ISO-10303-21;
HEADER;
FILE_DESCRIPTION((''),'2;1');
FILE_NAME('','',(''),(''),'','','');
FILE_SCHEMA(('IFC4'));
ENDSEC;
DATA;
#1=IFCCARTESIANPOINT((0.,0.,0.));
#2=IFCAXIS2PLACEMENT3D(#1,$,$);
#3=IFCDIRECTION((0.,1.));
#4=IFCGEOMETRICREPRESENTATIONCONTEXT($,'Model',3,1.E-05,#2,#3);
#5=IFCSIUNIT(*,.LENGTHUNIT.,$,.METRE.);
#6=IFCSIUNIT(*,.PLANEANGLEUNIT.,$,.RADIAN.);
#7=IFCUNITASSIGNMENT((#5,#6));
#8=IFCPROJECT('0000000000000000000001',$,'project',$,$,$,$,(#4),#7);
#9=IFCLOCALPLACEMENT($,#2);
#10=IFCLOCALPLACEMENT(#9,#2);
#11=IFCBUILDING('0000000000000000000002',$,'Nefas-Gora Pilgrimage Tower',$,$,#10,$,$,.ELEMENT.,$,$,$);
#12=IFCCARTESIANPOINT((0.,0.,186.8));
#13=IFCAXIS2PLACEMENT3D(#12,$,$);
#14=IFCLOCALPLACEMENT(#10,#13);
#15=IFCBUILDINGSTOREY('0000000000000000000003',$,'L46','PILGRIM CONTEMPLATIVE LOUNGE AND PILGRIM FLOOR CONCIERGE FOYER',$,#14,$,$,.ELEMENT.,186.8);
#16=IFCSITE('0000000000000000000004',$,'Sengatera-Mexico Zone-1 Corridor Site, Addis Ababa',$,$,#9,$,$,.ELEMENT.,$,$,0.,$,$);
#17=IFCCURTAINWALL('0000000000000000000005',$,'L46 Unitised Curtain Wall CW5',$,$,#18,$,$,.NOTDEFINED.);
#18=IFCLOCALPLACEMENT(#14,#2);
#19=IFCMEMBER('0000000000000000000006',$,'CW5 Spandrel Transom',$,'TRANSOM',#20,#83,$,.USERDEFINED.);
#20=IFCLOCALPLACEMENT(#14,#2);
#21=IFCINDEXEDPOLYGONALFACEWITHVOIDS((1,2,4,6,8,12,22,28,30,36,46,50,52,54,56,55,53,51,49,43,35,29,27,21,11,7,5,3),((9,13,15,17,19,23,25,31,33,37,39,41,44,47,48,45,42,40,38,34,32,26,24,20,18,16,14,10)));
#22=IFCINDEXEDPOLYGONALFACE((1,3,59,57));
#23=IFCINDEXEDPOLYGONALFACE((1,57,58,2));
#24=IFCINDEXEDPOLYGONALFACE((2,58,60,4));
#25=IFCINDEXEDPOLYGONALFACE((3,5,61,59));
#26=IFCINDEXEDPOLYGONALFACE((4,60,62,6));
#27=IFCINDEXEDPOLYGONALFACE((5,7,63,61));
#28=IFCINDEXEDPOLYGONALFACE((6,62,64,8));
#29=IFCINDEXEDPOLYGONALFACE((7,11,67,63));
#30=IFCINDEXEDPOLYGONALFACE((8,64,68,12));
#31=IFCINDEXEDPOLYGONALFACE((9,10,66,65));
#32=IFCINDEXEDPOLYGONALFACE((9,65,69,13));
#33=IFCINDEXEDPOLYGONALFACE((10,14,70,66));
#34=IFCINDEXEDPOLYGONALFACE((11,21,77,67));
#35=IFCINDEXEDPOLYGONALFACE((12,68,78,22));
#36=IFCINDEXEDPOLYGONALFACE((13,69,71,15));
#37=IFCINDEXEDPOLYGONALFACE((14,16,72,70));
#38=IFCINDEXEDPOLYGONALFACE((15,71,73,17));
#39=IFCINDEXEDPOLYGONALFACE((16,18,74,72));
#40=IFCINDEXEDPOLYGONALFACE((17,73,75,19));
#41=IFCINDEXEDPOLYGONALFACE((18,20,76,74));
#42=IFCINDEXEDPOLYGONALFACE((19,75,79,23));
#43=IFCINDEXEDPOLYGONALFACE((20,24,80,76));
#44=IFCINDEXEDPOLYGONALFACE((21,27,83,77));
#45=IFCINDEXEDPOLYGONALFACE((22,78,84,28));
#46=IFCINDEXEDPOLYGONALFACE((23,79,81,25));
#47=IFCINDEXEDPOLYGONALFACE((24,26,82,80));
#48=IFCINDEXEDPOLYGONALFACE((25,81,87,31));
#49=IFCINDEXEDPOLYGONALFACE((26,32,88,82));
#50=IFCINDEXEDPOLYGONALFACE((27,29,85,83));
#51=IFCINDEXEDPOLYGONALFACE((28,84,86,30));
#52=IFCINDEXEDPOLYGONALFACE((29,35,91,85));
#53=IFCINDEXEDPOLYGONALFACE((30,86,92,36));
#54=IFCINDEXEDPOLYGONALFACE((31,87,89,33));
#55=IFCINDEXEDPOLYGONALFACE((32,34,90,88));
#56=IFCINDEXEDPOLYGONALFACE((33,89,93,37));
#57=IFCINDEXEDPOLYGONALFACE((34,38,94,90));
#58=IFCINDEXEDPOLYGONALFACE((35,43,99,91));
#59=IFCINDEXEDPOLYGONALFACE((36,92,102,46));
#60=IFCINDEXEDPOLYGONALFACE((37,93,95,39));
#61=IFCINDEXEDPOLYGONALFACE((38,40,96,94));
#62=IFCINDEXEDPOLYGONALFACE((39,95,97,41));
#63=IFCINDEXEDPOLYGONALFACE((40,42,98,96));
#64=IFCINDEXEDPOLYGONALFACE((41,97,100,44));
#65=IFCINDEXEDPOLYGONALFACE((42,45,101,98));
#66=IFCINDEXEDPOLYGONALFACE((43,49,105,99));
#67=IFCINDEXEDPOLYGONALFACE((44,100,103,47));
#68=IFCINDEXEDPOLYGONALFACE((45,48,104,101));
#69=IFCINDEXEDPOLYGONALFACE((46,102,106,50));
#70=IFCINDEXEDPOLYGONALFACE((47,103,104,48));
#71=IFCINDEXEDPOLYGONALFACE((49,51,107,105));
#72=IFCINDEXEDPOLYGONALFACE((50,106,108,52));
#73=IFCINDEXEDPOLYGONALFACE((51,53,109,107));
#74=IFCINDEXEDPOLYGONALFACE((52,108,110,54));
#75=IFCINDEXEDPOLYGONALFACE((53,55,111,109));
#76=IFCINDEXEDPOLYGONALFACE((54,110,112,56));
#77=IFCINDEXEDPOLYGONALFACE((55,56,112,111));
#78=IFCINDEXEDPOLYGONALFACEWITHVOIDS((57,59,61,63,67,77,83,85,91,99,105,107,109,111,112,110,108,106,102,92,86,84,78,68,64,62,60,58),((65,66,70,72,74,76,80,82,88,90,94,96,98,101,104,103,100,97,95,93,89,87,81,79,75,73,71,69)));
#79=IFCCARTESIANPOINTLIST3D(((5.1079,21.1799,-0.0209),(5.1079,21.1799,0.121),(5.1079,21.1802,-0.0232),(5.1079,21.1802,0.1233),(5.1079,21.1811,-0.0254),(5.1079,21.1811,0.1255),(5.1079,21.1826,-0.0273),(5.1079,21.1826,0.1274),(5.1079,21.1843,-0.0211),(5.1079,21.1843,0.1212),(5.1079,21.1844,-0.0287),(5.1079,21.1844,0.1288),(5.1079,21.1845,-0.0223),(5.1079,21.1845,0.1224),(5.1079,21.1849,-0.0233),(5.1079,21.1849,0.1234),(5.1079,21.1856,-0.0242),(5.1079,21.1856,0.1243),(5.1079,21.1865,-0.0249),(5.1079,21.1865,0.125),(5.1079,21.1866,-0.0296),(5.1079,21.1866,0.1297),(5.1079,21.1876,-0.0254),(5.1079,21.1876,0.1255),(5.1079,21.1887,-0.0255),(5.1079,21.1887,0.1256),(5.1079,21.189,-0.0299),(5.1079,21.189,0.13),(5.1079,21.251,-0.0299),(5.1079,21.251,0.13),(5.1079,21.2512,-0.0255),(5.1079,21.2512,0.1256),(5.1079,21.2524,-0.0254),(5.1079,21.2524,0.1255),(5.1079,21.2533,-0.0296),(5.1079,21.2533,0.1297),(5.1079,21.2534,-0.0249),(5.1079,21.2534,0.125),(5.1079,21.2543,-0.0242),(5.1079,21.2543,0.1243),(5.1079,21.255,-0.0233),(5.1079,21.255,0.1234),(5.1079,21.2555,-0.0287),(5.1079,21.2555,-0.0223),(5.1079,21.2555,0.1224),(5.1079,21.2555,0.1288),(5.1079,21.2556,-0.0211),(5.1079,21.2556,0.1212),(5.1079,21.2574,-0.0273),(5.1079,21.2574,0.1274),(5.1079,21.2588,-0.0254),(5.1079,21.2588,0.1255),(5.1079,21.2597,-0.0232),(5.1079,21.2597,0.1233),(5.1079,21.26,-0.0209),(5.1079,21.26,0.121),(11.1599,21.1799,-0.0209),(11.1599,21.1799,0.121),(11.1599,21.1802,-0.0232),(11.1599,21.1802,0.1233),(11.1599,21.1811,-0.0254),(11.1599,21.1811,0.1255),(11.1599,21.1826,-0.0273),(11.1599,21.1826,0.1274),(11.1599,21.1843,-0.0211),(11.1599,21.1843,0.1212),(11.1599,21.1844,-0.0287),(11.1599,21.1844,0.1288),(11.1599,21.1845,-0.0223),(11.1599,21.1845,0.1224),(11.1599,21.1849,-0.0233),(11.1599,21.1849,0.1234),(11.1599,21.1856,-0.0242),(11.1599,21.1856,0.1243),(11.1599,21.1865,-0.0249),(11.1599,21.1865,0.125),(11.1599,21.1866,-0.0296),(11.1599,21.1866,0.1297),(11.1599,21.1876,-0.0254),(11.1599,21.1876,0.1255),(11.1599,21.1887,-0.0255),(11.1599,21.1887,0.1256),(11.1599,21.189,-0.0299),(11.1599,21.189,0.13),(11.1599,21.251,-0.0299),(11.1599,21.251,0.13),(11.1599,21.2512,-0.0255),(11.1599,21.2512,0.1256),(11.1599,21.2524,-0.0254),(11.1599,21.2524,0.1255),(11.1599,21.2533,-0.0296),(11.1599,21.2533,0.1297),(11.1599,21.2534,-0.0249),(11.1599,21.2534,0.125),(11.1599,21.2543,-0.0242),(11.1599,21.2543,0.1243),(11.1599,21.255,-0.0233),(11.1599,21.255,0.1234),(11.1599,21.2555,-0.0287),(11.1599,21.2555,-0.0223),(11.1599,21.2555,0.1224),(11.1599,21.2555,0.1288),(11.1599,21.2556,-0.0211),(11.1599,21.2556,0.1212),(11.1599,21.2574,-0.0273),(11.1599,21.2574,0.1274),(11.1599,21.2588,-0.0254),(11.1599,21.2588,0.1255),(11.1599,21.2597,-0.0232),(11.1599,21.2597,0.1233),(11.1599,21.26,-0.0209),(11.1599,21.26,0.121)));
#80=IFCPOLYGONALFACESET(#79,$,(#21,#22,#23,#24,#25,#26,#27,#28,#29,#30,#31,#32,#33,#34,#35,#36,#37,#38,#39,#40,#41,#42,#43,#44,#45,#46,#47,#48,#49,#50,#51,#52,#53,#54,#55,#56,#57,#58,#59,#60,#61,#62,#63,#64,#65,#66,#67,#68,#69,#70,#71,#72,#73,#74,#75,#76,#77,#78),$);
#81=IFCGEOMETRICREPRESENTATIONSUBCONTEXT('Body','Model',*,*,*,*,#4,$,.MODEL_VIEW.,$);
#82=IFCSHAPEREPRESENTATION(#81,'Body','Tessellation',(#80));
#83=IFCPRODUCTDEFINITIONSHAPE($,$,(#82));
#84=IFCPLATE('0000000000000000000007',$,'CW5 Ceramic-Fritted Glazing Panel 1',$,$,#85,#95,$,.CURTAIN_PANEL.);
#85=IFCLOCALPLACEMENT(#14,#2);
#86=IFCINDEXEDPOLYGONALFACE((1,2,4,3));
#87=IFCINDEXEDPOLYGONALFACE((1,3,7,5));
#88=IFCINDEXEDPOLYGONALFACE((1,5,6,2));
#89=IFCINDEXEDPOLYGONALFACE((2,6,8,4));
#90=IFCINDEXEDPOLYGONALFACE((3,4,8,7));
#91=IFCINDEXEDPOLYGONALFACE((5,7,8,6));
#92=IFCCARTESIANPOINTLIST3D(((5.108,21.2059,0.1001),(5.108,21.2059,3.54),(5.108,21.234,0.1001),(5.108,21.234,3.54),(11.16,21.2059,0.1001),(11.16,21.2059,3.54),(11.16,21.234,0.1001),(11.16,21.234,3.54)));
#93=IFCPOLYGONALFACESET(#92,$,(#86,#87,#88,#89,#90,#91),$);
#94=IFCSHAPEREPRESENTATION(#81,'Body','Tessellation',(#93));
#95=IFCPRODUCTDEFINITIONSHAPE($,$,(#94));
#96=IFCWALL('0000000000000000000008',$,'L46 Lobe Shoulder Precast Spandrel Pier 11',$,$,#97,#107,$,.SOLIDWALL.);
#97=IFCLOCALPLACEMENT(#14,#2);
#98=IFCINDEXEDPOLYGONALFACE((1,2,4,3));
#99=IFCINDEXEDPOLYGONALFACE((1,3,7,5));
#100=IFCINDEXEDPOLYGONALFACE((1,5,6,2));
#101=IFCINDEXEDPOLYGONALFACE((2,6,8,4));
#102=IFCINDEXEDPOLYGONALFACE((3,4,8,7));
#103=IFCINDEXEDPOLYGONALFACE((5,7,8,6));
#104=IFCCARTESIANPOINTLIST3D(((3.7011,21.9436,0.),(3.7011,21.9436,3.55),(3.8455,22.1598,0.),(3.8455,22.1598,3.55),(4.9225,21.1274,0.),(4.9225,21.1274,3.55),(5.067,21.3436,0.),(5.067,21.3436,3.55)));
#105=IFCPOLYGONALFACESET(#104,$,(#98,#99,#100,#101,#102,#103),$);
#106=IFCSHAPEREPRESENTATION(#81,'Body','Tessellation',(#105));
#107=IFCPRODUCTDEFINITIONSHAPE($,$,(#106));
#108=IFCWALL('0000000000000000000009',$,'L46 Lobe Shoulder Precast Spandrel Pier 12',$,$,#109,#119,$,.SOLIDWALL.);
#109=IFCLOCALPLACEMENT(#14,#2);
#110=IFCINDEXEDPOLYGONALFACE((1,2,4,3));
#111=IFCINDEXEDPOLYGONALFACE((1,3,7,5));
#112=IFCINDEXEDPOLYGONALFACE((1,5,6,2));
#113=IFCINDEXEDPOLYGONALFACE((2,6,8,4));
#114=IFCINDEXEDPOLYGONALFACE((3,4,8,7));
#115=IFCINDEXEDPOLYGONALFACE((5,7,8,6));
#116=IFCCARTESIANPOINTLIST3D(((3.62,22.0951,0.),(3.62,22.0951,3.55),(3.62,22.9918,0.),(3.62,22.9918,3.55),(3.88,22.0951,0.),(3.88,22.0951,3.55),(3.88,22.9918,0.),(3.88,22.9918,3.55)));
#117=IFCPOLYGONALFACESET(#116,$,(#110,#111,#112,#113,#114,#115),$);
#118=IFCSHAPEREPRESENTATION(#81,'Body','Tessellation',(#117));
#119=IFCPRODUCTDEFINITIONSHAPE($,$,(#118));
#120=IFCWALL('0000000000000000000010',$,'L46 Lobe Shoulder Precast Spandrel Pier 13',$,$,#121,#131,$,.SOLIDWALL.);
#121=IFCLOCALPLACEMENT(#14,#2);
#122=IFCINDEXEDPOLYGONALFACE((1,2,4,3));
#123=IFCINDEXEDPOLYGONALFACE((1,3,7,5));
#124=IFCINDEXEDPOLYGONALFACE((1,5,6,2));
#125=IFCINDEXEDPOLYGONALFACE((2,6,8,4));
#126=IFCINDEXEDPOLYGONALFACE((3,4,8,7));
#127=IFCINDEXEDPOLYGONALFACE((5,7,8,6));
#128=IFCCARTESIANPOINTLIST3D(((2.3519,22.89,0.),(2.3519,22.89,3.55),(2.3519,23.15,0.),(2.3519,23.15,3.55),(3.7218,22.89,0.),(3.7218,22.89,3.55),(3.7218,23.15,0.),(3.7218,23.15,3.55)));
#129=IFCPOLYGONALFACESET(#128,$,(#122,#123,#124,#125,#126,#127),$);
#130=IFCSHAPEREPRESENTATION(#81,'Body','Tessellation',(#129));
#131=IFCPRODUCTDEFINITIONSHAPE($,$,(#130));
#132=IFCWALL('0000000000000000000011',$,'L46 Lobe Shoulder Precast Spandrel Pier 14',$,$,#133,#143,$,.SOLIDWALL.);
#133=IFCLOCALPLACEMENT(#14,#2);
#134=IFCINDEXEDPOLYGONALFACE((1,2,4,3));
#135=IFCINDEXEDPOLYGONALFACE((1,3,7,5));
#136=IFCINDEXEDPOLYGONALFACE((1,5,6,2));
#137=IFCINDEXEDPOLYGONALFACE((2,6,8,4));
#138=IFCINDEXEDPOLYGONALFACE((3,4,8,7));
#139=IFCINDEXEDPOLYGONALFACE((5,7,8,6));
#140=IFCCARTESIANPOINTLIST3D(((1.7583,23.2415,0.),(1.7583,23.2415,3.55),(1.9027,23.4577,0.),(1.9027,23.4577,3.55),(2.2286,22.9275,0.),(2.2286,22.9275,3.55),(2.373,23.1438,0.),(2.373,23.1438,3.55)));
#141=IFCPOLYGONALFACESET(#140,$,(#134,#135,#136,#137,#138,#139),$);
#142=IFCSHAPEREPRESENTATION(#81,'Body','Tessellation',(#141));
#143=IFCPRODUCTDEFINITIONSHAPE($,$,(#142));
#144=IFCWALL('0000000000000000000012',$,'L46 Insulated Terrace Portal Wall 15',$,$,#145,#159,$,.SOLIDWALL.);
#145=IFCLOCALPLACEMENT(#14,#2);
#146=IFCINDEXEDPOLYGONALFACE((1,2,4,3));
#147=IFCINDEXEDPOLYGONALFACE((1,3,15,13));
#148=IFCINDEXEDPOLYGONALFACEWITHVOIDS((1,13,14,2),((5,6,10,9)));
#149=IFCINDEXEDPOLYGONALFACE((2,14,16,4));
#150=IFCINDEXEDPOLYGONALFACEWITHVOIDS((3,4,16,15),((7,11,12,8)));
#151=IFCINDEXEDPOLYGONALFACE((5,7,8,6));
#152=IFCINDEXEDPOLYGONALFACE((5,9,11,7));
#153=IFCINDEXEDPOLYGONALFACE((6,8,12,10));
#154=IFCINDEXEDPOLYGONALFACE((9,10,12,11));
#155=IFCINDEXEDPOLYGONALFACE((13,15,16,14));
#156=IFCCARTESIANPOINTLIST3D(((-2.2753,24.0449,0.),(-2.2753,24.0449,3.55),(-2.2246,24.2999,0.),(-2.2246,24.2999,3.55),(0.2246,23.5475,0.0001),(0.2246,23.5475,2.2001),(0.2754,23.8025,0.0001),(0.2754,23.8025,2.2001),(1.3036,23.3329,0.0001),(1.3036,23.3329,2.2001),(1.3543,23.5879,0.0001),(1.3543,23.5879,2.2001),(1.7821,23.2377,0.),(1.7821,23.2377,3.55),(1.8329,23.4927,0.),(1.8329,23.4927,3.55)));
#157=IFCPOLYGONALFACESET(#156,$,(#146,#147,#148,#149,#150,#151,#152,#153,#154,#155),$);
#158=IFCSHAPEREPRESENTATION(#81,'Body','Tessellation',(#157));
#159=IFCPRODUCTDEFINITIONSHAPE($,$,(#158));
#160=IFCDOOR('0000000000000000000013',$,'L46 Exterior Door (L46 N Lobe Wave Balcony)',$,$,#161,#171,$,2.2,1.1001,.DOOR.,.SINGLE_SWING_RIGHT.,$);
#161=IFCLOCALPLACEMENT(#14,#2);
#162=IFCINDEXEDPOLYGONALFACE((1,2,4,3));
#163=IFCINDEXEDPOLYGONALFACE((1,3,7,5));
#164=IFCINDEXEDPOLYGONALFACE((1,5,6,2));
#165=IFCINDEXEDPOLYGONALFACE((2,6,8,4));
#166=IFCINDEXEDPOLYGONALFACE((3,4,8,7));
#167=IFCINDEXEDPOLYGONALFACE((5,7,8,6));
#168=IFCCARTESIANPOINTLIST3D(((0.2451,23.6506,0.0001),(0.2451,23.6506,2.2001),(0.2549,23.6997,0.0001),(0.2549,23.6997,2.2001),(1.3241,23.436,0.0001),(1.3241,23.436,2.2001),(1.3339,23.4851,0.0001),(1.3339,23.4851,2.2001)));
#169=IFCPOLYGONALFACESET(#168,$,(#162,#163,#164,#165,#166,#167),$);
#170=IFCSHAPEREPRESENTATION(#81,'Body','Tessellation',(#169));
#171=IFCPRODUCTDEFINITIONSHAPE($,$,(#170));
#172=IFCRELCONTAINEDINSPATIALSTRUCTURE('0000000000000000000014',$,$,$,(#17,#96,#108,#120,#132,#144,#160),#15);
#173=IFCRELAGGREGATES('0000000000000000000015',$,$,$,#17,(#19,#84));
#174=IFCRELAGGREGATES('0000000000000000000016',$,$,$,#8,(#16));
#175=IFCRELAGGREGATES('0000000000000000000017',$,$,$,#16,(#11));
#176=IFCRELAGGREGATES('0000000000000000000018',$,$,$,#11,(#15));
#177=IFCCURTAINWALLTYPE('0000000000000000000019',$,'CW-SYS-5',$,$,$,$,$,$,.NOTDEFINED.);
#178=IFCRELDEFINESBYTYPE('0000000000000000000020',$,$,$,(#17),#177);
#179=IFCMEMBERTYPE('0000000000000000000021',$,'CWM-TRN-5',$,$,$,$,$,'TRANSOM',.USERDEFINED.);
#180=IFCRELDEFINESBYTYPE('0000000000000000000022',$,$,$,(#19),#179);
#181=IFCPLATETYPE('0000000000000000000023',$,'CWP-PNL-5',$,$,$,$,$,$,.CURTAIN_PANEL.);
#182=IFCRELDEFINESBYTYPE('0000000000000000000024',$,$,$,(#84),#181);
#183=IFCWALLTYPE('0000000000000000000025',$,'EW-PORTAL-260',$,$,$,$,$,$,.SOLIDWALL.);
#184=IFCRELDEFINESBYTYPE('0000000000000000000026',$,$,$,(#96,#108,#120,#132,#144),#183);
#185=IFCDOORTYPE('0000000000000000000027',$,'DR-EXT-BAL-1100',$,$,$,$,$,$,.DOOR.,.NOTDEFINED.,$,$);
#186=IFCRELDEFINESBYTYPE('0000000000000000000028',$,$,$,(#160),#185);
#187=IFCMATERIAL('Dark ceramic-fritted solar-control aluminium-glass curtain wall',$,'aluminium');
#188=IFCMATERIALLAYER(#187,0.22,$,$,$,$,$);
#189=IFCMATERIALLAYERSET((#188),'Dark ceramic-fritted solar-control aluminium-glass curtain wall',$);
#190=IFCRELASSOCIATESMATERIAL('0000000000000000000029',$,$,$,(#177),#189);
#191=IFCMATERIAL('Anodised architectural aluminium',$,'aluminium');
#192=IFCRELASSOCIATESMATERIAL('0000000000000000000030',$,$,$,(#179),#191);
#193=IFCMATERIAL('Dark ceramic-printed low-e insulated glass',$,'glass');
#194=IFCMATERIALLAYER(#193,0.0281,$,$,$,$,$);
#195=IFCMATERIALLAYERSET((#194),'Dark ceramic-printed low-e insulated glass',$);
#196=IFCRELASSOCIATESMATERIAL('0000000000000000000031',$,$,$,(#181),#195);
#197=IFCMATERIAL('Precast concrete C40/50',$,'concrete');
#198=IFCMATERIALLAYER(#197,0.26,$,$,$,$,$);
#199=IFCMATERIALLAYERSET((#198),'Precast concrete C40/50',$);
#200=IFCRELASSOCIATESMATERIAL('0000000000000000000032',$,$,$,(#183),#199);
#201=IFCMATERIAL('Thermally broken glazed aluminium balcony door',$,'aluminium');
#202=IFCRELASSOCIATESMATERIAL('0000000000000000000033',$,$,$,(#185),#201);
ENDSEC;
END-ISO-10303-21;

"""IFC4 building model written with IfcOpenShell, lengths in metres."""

from ifc_helpers import new_model, si_unit, direction, frame, frame_2d, origin, origin_2d, place, context, subcontext, project, spatial, rectangle, hollow_rectangle, extrude, source, transform, mapped, material, layer, layer_set, material_profile, profile_set, type_object, element, fill, aggregate, save


model = new_model("IFC4")

# Units and contexts
model_context = context("Model", 3, precision=1e-05, world=origin(), true_north=direction((0.0, 1.0)))
body_context = subcontext(model_context, "Body", "Model", "MODEL_VIEW")
ifc_project = project(units=[si_unit("LENGTHUNIT", "METRE"), si_unit("PLANEANGLEUNIT", "RADIAN")], contexts=[model_context])

# Site, building, storey
site_placement = place(None, origin())
site = spatial("IfcSite", under=ifc_project, at=site_placement, Name="Sengatera-Mexico Zone-1 Corridor Site, Addis Ababa", CompositionType="ELEMENT", RefElevation=0.0)
building_placement = place(site_placement, origin())
building = spatial("IfcBuilding", under=site, at=building_placement, Name="Nefas-Gora Pilgrimage Tower", CompositionType="ELEMENT")
storey_placement = place(building_placement, frame((0.0, 0.0, 186.8)))
storey = spatial("IfcBuildingStorey", under=building, at=storey_placement, Name="L46", Description="PILGRIM CONTEMPLATIVE LOUNGE AND PILGRIM FLOOR CONCIERGE FOYER", CompositionType="ELEMENT", Elevation=186.8)

# Curtain wall, member, plate
ifc_material_1 = material(Name="Dark ceramic-fritted solar-control aluminium-glass curtain wall", Category="aluminium")
ifc_layer_1 = layer(ifc_material_1, 0.22)
ifc_layer_set_1 = layer_set([ifc_layer_1], Name="Dark ceramic-fritted solar-control aluminium-glass curtain wall")
curtain_wall_type = type_object("IfcCurtainWallType", Name="CW-SYS-5", PredefinedType="NOTDEFINED", material=ifc_layer_set_1)
curtain_wall_placement = place(storey_placement, origin())
curtain_wall = element("IfcCurtainWall", 1, at=curtain_wall_placement, inside=storey, type_object=curtain_wall_type, Name="L46 Unitised Curtain Wall CW5", PredefinedType="NOTDEFINED")
ifc_material_2 = material(Name="Anodised architectural aluminium", Category="aluminium")
ifc_material_profile_1 = material_profile(ifc_material_2, hollow_rectangle(XDim=0.0801, YDim=0.1599, WallThickness=0.0044, InnerFilletRadius=0.0044, OuterFilletRadius=0.009, at=origin_2d()), Name="ALU TRANSOM 80x160")
ifc_profile_set_1 = profile_set([ifc_material_profile_1], Name="Anodised architectural aluminium")
member_type_1 = type_object("IfcMemberType", Name="CWM-TRN-5", ElementType="TRANSOM", PredefinedType="USERDEFINED", material=ifc_profile_set_1)
shared_shape_1 = source(origin(), body_context, "Body", "SweptSolid", [
    extrude(hollow_rectangle(XDim=0.0801, YDim=0.1599, WallThickness=0.0044, InnerFilletRadius=0.0044, OuterFilletRadius=0.009, at=origin_2d()), origin(), (0.0, 0.0, 1.0), 6.052),
])
member_1_placement = place(storey_placement, frame((11.1599, 21.22, 0.05), z_axis=(-1.0, 0.0, 0.0), x_axis=(0.0, -1.0, 0.0)))
member_1 = element("IfcMember", 2, at=member_1_placement, type_object=member_type_1, Name="CW5 Spandrel Transom", ObjectType="TRANSOM", PredefinedType="USERDEFINED", context=body_context, shape_type="MappedRepresentation", body=[
    mapped(shared_shape_1, transform((0.0, 0.0, 0.0), x_axis=(1.0, 0.0, 0.0), y_axis=(0.0, 1.0, 0.0), z_axis=(0.0, 0.0, 1.0), scale=1.0)),
])
ifc_material_3 = material(Name="Dark ceramic-printed low-e insulated glass", Category="glass")
ifc_layer_2 = layer(ifc_material_3, 0.0281)
ifc_layer_set_2 = layer_set([ifc_layer_2], Name="Dark ceramic-printed low-e insulated glass")
plate_type = type_object("IfcPlateType", Name="CWP-PNL-5", PredefinedType="CURTAIN_PANEL", material=ifc_layer_set_2)
shared_shape_2 = source(origin(), body_context, "Body", "SweptSolid", [
    extrude(rectangle(XDim=6.052, YDim=0.0281, at=origin_2d()), origin(), (0.0, 0.0, 1.0), 3.4399),
])
plate_placement = place(storey_placement, frame((8.134, 21.22, 0.1001), z_axis=(0.0, 0.0, 1.0), x_axis=(-1.0, 0.0, 0.0)))
plate = element("IfcPlate", 3, at=plate_placement, type_object=plate_type, Name="CW5 Ceramic-Fritted Glazing Panel 1", PredefinedType="CURTAIN_PANEL", context=body_context, shape_type="MappedRepresentation", body=[
    mapped(shared_shape_2, transform((0.0, 0.0, 0.0), x_axis=(1.0, 0.0, 0.0), y_axis=(0.0, 1.0, 0.0), z_axis=(0.0, 0.0, 1.0), scale=1.0)),
])
aggregate(curtain_wall, [member_1, plate])

# Walls
ifc_material_4 = material(Name="Precast concrete C40/50", Category="concrete")
ifc_layer_3 = layer(ifc_material_4, 0.26)
ifc_layer_set_3 = layer_set([ifc_layer_3], Name="Precast concrete C40/50")
wall_type_1 = type_object("IfcWallType", Name="EW-PORTAL-260", PredefinedType="SOLIDWALL", material=ifc_layer_set_3)
shared_shape_3 = source(origin(), body_context, "Body", "SweptSolid", [
    extrude(rectangle(XDim=1.469, YDim=0.26, at=frame_2d((0.7344, 0.0))), origin(), (0.0, 0.0, 1.0), 3.55),
])
wall_1_placement = place(storey_placement, frame((4.9946, 21.2356, 0.0), z_axis=(0.0, 0.0, 1.0), x_axis=(-0.831462, 0.555582, 0.0)))
element("IfcWall", 4, at=wall_1_placement, inside=storey, type_object=wall_type_1, Name="L46 Lobe Shoulder Precast Spandrel Pier 11", PredefinedType="SOLIDWALL", context=body_context, shape_type="MappedRepresentation", body=[
    mapped(shared_shape_3, transform((0.0, 0.0, 0.0), x_axis=(1.0, 0.0, 0.0), y_axis=(0.0, 1.0, 0.0), z_axis=(0.0, 0.0, 1.0), scale=1.0)),
])
shared_shape_4 = source(origin(), body_context, "Body", "SweptSolid", [
    extrude(rectangle(XDim=0.8967, YDim=0.26, at=frame_2d((0.4482, 0.0))), origin(), (0.0, 0.0, 1.0), 3.55),
])
wall_2_placement = place(storey_placement, frame((3.75, 22.0952, 0.0), z_axis=(0.0, 0.0, 1.0), x_axis=(0.0, 1.0, 0.0)))
element("IfcWall", 5, at=wall_2_placement, inside=storey, type_object=wall_type_1, Name="L46 Lobe Shoulder Precast Spandrel Pier 12", PredefinedType="SOLIDWALL", context=body_context, shape_type="MappedRepresentation", body=[
    mapped(shared_shape_4, transform((0.0, 0.0, 0.0), x_axis=(1.0, 0.0, 0.0), y_axis=(0.0, 1.0, 0.0), z_axis=(0.0, 0.0, 1.0), scale=1.0)),
])
shared_shape_5 = source(origin(), body_context, "Body", "SweptSolid", [
    extrude(rectangle(XDim=1.3699, YDim=0.26, at=frame_2d((0.6851, 0.0))), origin(), (0.0, 0.0, 1.0), 3.55),
])
wall_3_placement = place(storey_placement, frame((3.7219, 23.02, 0.0), z_axis=(0.0, 0.0, 1.0), x_axis=(-1.0, 0.0, 0.0)))
element("IfcWall", 6, at=wall_3_placement, inside=storey, type_object=wall_type_1, Name="L46 Lobe Shoulder Precast Spandrel Pier 13", PredefinedType="SOLIDWALL", context=body_context, shape_type="MappedRepresentation", body=[
    mapped(shared_shape_5, transform((0.0, 0.0, 0.0), x_axis=(1.0, 0.0, 0.0), y_axis=(0.0, 1.0, 0.0), z_axis=(0.0, 0.0, 1.0), scale=1.0)),
])
shared_shape_6 = source(origin(), body_context, "Body", "SweptSolid", [
    extrude(rectangle(XDim=0.5654, YDim=0.26, at=frame_2d((0.2827, 0.0))), origin(), (0.0, 0.0, 1.0), 3.55),
])
wall_4_placement = place(storey_placement, frame((2.3008, 23.0356, 0.0), z_axis=(0.0, 0.0, 1.0), x_axis=(-0.831651, 0.555298, 0.0)))
element("IfcWall", 7, at=wall_4_placement, inside=storey, type_object=wall_type_1, Name="L46 Lobe Shoulder Precast Spandrel Pier 14", PredefinedType="SOLIDWALL", context=body_context, shape_type="MappedRepresentation", body=[
    mapped(shared_shape_6, transform((0.0, 0.0, 0.0), x_axis=(1.0, 0.0, 0.0), y_axis=(0.0, 1.0, 0.0), z_axis=(0.0, 0.0, 1.0), scale=1.0)),
])

# Wall, opening, door
shared_shape_7 = source(origin(), body_context, "Body", "SweptSolid", [
    extrude(rectangle(XDim=4.137, YDim=0.26, at=frame_2d((2.0684, 0.0))), origin(), (0.0, 0.0, 1.0), 3.55),
])
wall_5_placement = place(storey_placement, frame((1.8074, 23.3652, 0.0), z_axis=(0.0, 0.0, 1.0), x_axis=(-0.980782, 0.195106, 0.0)))
wall_5 = element("IfcWall", 8, at=wall_5_placement, inside=storey, type_object=wall_type_1, Name="L46 Insulated Terrace Portal Wall 15", PredefinedType="SOLIDWALL", context=body_context, shape_type="MappedRepresentation", body=[
    mapped(shared_shape_7, transform((0.0, 0.0, 0.0), x_axis=(1.0, 0.0, 0.0), y_axis=(0.0, 1.0, 0.0), z_axis=(0.0, 0.0, 1.0), scale=1.0)),
])
opening_1_placement = place(wall_5_placement, frame((0.4878, 0.0, 0.0)))
opening_1 = element("IfcOpeningElement", 9, at=opening_1_placement, cuts=wall_5, PredefinedType="OPENING", context=body_context, shape_type="SweptSolid", body=[
    extrude(rectangle(XDim=1.1001, YDim=2.2, at=frame_2d((0.55, 1.1001))), frame((0.0, 0.1399, 0.0), z_axis=(0.0, -1.0, 0.0), x_axis=(1.0, 0.0, 0.0)), (0.0, 0.0, 1.0), 0.28),
])
ifc_material_5 = material(Name="Thermally broken glazed aluminium balcony door", Category="aluminium")
door_type_1 = type_object("IfcDoorType", Name="DR-EXT-BAL-1100", OperationType="NOTDEFINED", PredefinedType="DOOR", material=ifc_material_5)
shared_shape_8 = source(origin(), body_context, "Body", "SweptSolid", [
    extrude(rectangle(XDim=1.1001, YDim=2.2, at=frame_2d((0.55, 1.1001))), frame((0.0, 0.0249, 0.0), z_axis=(0.0, -1.0, 0.0), x_axis=(1.0, 0.0, 0.0)), (0.0, 0.0, 1.0), 0.05),
])
door_1_placement = place(opening_1_placement, origin())
door_1 = element("IfcDoor", 10, at=door_1_placement, inside=storey, type_object=door_type_1, Name="L46 Exterior Door (L46 N Lobe Wave Balcony)", OperationType="SINGLE_SWING_RIGHT", OverallHeight=2.2, OverallWidth=1.1001, PredefinedType="DOOR", context=body_context, shape_type="MappedRepresentation", body=[
    mapped(shared_shape_8, transform((0.0, 0.0, 0.0), x_axis=(1.0, 0.0, 0.0), y_axis=(0.0, 1.0, 0.0), z_axis=(0.0, 0.0, 1.0), scale=1.0)),
])
fill(opening_1, door_1)

save(model, "model.ifc")
